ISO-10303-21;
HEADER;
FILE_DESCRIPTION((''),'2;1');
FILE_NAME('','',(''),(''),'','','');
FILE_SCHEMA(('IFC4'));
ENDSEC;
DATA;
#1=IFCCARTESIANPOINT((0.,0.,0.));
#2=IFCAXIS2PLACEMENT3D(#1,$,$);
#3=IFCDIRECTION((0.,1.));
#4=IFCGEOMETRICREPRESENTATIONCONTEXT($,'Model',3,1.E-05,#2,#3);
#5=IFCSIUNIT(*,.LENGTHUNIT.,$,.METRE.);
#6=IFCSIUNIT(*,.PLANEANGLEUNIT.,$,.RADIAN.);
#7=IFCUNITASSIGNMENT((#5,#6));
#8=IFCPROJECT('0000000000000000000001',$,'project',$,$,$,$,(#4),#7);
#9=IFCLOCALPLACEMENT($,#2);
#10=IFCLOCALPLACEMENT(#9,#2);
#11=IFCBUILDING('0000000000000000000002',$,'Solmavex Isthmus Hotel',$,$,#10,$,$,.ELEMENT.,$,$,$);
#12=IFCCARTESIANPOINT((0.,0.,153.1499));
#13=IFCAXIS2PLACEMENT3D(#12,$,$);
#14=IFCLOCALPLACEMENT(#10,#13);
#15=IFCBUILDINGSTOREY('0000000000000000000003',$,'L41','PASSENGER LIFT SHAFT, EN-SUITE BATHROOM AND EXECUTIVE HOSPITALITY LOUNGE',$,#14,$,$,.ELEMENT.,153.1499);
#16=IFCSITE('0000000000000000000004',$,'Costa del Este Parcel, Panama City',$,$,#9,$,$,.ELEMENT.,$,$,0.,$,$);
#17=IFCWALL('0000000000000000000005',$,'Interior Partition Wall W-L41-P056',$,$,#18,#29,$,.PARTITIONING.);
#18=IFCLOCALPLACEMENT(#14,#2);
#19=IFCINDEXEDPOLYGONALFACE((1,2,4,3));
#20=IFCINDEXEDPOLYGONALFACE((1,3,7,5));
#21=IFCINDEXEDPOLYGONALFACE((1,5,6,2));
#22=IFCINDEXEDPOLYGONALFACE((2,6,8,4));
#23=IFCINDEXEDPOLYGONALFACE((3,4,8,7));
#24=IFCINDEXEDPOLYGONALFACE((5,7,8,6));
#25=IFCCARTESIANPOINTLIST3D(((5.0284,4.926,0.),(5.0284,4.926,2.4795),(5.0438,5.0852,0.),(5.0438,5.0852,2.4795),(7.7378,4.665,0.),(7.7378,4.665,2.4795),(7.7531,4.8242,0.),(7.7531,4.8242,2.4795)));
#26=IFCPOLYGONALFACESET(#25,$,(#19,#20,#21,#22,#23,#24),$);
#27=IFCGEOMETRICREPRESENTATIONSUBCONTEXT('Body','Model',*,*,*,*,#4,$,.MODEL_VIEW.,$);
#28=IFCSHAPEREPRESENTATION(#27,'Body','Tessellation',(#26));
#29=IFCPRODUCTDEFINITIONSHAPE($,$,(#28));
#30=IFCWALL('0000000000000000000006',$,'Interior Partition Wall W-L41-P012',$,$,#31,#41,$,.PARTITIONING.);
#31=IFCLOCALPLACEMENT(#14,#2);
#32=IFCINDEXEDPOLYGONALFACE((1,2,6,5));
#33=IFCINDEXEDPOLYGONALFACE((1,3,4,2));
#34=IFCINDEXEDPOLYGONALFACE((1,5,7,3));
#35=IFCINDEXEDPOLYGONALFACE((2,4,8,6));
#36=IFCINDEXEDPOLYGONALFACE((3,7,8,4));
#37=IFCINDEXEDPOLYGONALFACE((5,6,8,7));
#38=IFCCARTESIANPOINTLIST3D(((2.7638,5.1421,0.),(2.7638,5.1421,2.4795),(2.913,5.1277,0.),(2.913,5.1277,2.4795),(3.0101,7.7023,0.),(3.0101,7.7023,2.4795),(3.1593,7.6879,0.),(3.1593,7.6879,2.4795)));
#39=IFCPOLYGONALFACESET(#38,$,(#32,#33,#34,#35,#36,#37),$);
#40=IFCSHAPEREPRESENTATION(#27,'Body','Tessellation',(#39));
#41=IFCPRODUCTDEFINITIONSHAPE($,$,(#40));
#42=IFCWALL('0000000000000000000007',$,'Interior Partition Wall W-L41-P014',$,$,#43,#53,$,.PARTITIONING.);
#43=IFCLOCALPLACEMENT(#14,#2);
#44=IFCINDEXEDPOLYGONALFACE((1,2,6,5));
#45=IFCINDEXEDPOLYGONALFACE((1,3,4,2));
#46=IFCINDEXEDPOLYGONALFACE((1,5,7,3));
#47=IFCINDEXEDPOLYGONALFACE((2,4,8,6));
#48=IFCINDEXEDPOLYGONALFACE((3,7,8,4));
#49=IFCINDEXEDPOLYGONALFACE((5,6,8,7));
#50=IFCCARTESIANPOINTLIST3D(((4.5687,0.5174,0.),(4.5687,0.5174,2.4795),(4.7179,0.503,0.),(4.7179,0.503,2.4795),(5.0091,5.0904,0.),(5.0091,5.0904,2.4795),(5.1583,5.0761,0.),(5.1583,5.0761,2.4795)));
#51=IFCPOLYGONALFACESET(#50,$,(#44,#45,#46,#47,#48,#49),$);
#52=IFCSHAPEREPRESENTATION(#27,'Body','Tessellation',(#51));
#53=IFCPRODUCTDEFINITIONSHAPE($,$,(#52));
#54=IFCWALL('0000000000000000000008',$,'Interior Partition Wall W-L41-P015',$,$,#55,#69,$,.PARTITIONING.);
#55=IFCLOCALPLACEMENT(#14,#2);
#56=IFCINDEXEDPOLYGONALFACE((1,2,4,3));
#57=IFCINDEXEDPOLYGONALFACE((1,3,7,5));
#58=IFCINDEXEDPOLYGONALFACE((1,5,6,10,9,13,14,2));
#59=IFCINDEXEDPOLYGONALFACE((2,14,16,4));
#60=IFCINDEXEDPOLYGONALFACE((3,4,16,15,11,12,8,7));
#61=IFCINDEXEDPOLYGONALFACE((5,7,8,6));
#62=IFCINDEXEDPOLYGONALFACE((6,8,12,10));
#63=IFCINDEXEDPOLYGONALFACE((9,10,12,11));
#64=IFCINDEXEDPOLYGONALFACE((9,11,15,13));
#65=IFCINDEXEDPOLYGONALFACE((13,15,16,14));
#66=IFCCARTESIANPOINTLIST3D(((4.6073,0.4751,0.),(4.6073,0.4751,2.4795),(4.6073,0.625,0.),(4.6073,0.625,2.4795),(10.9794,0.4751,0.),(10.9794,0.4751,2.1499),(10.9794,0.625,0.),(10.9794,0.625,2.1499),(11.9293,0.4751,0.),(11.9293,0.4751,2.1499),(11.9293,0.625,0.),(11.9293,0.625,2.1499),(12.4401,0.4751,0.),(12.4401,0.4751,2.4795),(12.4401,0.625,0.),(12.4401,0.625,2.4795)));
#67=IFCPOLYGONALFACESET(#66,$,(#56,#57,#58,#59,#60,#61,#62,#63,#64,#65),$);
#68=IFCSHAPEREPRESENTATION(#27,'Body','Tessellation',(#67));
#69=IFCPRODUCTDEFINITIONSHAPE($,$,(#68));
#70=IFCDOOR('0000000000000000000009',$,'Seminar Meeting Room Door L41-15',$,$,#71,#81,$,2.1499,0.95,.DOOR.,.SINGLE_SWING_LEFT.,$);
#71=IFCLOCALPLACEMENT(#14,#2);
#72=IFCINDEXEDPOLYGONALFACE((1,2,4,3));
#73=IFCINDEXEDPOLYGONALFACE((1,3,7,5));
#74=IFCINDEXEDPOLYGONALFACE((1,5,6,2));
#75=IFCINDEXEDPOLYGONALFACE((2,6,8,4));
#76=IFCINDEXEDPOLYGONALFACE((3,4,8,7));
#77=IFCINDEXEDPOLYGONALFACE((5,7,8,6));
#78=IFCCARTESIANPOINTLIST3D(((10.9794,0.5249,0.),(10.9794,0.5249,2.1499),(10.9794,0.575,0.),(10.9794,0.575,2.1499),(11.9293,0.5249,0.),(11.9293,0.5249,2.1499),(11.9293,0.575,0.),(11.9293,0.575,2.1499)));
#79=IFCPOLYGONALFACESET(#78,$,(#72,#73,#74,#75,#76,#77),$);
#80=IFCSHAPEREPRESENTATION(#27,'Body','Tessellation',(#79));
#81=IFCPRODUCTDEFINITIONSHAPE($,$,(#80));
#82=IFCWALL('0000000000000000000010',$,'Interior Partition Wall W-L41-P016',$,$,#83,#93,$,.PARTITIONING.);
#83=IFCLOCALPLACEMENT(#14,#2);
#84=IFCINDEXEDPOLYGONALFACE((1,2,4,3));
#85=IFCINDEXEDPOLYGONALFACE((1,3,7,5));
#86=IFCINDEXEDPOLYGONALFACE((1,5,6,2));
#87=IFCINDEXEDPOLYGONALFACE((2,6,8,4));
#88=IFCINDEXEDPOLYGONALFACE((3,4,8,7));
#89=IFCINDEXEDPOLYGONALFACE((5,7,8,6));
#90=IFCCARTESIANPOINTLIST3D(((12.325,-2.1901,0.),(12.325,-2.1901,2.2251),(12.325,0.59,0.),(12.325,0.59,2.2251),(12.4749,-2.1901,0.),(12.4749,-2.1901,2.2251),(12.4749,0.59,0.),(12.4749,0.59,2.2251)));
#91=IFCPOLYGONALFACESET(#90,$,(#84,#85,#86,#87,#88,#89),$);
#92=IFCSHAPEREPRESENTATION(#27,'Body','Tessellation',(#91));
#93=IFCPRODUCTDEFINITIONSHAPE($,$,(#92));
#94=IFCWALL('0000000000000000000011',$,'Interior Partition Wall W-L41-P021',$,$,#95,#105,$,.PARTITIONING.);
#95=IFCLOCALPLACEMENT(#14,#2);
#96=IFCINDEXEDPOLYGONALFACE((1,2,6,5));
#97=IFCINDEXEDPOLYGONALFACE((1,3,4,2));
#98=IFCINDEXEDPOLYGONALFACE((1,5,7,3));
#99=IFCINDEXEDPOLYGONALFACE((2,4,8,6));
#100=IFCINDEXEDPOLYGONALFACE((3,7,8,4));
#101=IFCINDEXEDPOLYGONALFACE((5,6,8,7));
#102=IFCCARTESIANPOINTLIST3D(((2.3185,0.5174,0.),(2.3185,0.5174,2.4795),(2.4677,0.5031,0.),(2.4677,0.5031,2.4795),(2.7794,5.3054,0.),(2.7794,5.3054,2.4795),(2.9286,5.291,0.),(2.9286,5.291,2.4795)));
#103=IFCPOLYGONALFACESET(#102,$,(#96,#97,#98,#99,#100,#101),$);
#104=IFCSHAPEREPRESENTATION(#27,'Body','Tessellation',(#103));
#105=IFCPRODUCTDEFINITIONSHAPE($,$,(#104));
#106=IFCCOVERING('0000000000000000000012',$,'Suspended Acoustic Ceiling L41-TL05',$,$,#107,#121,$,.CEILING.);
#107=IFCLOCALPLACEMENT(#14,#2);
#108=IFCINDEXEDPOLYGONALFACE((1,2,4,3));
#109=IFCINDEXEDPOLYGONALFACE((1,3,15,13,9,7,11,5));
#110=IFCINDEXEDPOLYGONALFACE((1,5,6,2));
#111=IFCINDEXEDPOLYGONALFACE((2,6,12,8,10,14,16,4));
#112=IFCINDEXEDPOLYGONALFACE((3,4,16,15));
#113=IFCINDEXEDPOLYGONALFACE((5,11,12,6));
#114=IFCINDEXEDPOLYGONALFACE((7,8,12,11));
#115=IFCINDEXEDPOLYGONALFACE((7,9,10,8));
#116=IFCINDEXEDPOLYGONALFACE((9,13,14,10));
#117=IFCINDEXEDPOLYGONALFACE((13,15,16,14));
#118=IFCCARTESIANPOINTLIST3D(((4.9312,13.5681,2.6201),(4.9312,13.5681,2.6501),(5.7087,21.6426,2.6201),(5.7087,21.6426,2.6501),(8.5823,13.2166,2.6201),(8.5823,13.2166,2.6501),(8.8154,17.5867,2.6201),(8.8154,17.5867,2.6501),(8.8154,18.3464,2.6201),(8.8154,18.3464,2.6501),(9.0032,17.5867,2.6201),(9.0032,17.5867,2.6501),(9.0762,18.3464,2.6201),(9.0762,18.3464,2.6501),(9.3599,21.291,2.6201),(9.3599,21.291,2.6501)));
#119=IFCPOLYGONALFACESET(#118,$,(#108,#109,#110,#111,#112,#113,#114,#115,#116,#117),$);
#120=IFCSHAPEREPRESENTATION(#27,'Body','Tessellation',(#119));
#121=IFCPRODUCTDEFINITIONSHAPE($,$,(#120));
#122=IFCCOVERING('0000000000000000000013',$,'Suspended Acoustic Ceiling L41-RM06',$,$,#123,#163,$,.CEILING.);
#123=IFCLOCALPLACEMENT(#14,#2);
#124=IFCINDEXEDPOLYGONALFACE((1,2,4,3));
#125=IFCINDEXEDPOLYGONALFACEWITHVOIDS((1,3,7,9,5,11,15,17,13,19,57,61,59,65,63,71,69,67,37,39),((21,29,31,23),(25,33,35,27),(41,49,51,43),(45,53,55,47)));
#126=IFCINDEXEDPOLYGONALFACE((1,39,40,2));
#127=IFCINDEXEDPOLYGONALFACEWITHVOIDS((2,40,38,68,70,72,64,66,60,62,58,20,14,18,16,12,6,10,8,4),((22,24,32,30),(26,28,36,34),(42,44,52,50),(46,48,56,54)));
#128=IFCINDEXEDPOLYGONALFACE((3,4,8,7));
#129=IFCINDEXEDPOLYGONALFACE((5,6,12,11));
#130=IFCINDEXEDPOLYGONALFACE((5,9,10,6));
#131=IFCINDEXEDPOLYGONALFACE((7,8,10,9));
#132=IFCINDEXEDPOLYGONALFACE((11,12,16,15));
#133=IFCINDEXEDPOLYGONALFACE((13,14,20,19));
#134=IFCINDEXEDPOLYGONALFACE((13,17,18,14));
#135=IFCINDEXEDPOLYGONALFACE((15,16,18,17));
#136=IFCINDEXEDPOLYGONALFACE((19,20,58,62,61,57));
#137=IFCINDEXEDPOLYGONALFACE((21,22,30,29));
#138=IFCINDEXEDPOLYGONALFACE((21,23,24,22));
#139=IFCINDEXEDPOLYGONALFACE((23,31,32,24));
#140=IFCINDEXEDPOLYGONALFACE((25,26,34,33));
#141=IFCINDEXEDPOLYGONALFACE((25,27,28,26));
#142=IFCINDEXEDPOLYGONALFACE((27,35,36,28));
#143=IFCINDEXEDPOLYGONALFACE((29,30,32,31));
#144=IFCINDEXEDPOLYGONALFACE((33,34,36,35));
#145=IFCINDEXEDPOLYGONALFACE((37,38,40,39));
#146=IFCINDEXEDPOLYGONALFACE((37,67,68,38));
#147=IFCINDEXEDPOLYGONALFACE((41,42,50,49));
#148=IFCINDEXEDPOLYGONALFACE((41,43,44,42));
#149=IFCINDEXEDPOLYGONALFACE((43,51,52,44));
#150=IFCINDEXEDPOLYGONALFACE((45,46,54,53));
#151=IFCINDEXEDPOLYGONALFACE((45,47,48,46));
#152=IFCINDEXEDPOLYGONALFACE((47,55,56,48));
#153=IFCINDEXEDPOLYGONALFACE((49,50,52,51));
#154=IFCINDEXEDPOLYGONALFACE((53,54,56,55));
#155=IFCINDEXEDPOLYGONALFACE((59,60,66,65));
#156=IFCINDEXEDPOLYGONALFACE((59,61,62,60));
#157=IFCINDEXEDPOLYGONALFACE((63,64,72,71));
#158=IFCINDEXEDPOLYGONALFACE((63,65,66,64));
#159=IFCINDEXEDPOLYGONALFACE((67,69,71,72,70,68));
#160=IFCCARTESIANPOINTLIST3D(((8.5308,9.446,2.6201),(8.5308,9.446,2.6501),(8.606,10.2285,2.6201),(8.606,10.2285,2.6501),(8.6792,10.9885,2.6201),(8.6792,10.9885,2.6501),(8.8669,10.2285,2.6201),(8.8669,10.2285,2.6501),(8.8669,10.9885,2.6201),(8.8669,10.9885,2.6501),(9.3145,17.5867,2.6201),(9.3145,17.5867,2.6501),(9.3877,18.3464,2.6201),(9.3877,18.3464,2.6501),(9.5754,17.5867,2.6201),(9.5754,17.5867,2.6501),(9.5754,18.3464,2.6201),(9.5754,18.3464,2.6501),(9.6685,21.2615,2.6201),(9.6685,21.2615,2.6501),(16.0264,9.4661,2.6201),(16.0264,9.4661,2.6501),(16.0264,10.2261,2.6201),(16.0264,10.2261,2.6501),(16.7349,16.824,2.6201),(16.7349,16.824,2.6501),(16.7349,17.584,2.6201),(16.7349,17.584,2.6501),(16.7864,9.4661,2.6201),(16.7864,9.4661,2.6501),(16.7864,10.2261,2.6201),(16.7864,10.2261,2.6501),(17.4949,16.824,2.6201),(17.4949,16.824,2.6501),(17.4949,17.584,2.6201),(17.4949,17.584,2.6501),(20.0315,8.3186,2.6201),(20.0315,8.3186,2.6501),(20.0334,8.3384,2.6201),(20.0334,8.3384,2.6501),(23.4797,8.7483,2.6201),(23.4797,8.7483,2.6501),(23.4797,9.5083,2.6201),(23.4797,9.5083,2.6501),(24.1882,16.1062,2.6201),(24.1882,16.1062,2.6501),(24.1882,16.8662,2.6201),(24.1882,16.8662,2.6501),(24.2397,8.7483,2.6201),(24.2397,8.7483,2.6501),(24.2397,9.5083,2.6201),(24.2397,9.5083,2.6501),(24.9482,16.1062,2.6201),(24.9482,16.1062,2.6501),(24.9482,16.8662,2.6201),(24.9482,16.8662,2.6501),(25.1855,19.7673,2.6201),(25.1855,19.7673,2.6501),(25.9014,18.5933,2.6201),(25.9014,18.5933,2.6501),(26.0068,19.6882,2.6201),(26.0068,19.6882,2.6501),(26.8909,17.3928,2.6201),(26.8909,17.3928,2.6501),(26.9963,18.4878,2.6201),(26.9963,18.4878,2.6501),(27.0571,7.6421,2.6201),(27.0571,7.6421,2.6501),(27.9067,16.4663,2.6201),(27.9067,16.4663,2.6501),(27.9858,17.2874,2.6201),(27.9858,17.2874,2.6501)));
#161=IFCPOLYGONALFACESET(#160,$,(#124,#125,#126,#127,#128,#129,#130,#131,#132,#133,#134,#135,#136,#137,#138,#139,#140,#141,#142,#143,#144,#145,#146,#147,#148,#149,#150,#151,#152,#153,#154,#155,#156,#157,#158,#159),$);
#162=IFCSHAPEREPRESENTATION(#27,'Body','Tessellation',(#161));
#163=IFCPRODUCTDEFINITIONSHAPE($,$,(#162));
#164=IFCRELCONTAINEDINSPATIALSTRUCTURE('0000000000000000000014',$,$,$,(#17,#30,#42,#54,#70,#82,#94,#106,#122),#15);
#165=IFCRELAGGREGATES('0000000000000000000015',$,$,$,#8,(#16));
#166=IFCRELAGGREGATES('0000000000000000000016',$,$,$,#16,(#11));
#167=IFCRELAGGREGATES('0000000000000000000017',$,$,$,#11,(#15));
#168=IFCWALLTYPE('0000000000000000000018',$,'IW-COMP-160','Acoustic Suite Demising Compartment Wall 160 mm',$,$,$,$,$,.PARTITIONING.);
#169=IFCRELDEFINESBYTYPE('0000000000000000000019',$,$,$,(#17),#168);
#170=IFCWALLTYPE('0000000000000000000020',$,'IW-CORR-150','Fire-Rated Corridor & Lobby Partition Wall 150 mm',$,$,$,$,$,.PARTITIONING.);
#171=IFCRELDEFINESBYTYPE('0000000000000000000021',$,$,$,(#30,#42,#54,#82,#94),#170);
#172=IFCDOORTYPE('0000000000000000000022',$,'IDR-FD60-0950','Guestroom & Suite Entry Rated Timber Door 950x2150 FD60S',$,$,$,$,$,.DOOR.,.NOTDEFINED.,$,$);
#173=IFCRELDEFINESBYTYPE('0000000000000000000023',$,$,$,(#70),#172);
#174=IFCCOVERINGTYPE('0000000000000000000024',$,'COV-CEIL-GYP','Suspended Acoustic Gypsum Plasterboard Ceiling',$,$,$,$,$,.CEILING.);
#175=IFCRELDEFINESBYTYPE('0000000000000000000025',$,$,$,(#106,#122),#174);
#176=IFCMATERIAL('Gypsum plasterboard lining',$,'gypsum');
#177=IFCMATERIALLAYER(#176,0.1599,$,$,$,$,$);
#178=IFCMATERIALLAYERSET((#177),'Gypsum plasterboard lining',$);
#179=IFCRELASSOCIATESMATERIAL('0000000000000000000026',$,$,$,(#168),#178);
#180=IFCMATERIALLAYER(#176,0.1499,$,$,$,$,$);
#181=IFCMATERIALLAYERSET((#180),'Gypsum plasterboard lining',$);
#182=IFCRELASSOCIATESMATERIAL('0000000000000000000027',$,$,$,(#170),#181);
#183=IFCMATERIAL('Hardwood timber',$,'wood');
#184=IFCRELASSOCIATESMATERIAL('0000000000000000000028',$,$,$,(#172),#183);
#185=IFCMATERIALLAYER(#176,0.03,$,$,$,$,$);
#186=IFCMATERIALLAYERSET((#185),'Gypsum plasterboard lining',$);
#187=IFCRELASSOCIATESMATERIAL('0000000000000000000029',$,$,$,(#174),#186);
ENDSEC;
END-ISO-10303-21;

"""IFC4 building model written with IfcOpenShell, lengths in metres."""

from ifc_helpers import new_model, si_unit, direction, frame, frame_2d, origin, place, context, subcontext, project, spatial, polyline, rectangle, outline, extrude, material, layer, layer_set, type_object, element, fill, save


model = new_model("IFC4")

# Units and contexts
model_context = context("Model", 3, precision=1e-05, world=origin(), true_north=direction((0.0, 1.0)))
body_context = subcontext(model_context, "Body", "Model", "MODEL_VIEW")
ifc_project = project(units=[si_unit("LENGTHUNIT", "METRE"), si_unit("PLANEANGLEUNIT", "RADIAN")], contexts=[model_context])

# Site, building, storey
site_placement = place(None, origin())
site = spatial("IfcSite", under=ifc_project, at=site_placement, Name="Costa del Este Parcel, Panama City", CompositionType="ELEMENT", RefElevation=0.0)
building_placement = place(site_placement, origin())
building = spatial("IfcBuilding", under=site, at=building_placement, Name="Solmavex Isthmus Hotel", CompositionType="ELEMENT")
storey_placement = place(building_placement, frame((0.0, 0.0, 153.1499)))
storey = spatial("IfcBuildingStorey", under=building, at=storey_placement, Name="L41", Description="PASSENGER LIFT SHAFT, EN-SUITE BATHROOM AND EXECUTIVE HOSPITALITY LOUNGE", CompositionType="ELEMENT", Elevation=153.1499)

# Walls
ifc_material_1 = material(Name="Gypsum plasterboard lining", Category="gypsum")
ifc_layer_1 = layer(ifc_material_1, 0.1599)
ifc_layer_set_1 = layer_set([ifc_layer_1], Name="Gypsum plasterboard lining")
wall_type_1 = type_object("IfcWallType", Name="IW-COMP-160", Description="Acoustic Suite Demising Compartment Wall 160 mm", PredefinedType="PARTITIONING", material=ifc_layer_set_1)
wall_1_placement = place(storey_placement, frame((7.7454, 4.7446, 0.0), z_axis=(0.0, 0.0, 1.0), x_axis=(-0.995393, 0.09588, 0.0)))
element("IfcWall", 1, at=wall_1_placement, inside=storey, type_object=wall_type_1, Name="Interior Partition Wall W-L41-P056", PredefinedType="PARTITIONING", context=body_context, shape_type="SweptSolid", body=[
    extrude(rectangle(XDim=2.7219, YDim=0.1599, at=frame_2d((1.3608, 0.0))), origin(), (0.0, 0.0, 1.0), 2.4795),
])
ifc_layer_2 = layer(ifc_material_1, 0.1499)
ifc_layer_set_2 = layer_set([ifc_layer_2], Name="Gypsum plasterboard lining")
wall_type_2 = type_object("IfcWallType", Name="IW-CORR-150", Description="Fire-Rated Corridor & Lobby Partition Wall 150 mm", PredefinedType="PARTITIONING", material=ifc_layer_set_2)
wall_2_placement = place(storey_placement, frame((2.8384, 5.1348, 0.0), z_axis=(0.0, 0.0, 1.0), x_axis=(0.095772, 0.995403, 0.0)))
element("IfcWall", 2, at=wall_2_placement, inside=storey, type_object=wall_type_2, Name="Interior Partition Wall W-L41-P012", PredefinedType="PARTITIONING", context=body_context, shape_type="SweptSolid", body=[
    extrude(rectangle(XDim=2.572, YDim=0.1499, at=frame_2d((1.2861, 0.0))), origin(), (0.0, 0.0, 1.0), 2.4795),
])
wall_3_placement = place(storey_placement, frame((5.0837, 5.0833, 0.0), z_axis=(0.0, 0.0, 1.0), x_axis=(-0.095867, -0.995394, 0.0)))
element("IfcWall", 3, at=wall_3_placement, inside=storey, type_object=wall_type_2, Name="Interior Partition Wall W-L41-P014", PredefinedType="PARTITIONING", context=body_context, shape_type="SweptSolid", body=[
    extrude(rectangle(XDim=4.5942, YDim=0.1499, at=frame_2d((2.2971, 0.0))), origin(), (0.0, 0.0, 1.0), 2.4795),
])

# Wall, opening, door
wall_4_placement = place(storey_placement, frame((4.6072, 0.55, 0.0), z_axis=(0.0, 0.0, 1.0), x_axis=(1.0, 0.0, 0.0)))
wall_4 = element("IfcWall", 4, at=wall_4_placement, inside=storey, type_object=wall_type_2, Name="Interior Partition Wall W-L41-P015", PredefinedType="PARTITIONING", context=body_context, shape_type="SweptSolid", body=[
    extrude(rectangle(XDim=7.8328, YDim=0.1499, at=frame_2d((3.9165, 0.0))), origin(), (0.0, 0.0, 1.0), 2.4795),
])
opening_placement = place(wall_4_placement, frame((6.3721, 0.0, 0.0)))
opening = element("IfcOpeningElement", 5, at=opening_placement, cuts=wall_4, PredefinedType="OPENING", context=body_context, shape_type="SweptSolid", body=[
    extrude(rectangle(XDim=0.95, YDim=2.1499, at=frame_2d((0.4751, 1.075))), frame((0.0, 0.085, 0.0), z_axis=(0.0, -1.0, 0.0), x_axis=(1.0, 0.0, 0.0)), (0.0, 0.0, 1.0), 0.1699),
])
ifc_material_2 = material(Name="Hardwood timber", Category="wood")
door_type = type_object("IfcDoorType", Name="IDR-FD60-0950", Description="Guestroom & Suite Entry Rated Timber Door 950x2150 FD60S", OperationType="NOTDEFINED", PredefinedType="DOOR", material=ifc_material_2)
door_placement = place(opening_placement, origin())
door = element("IfcDoor", 6, at=door_placement, inside=storey, type_object=door_type, Name="Seminar Meeting Room Door L41-15", OperationType="SINGLE_SWING_LEFT", OverallHeight=2.1499, OverallWidth=0.95, PredefinedType="DOOR", context=body_context, shape_type="SweptSolid", body=[
    extrude(rectangle(XDim=0.95, YDim=2.1499, at=frame_2d((0.4751, 1.075))), frame((0.0, 0.0249, 0.0), z_axis=(0.0, -1.0, 0.0), x_axis=(1.0, 0.0, 0.0)), (0.0, 0.0, 1.0), 0.05),
])
fill(opening, door)

# Walls
wall_5_placement = place(storey_placement, frame((12.3999, 0.5901, 0.0), z_axis=(0.0, 0.0, 1.0), x_axis=(0.0, -1.0, 0.0)))
element("IfcWall", 7, at=wall_5_placement, inside=storey, type_object=wall_type_2, Name="Interior Partition Wall W-L41-P016", PredefinedType="PARTITIONING", context=body_context, shape_type="SweptSolid", body=[
    extrude(rectangle(XDim=2.78, YDim=0.1499, at=frame_2d((1.3901, 0.0))), origin(), (0.0, 0.0, 1.0), 2.2251),
])
wall_6_placement = place(storey_placement, frame((2.3931, 0.5103, 0.0), z_axis=(0.0, 0.0, 1.0), x_axis=(0.095829, 0.995398, 0.0)))
element("IfcWall", 8, at=wall_6_placement, inside=storey, type_object=wall_type_2, Name="Interior Partition Wall W-L41-P021", PredefinedType="PARTITIONING", context=body_context, shape_type="SweptSolid", body=[
    extrude(rectangle(XDim=4.8101, YDim=0.1499, at=frame_2d((2.405, 0.0))), origin(), (0.0, 0.0, 1.0), 2.4795),
])

# Coverings
ifc_layer_3 = layer(ifc_material_1, 0.03)
ifc_layer_set_3 = layer_set([ifc_layer_3], Name="Gypsum plasterboard lining")
covering_type_1 = type_object("IfcCoveringType", Name="COV-CEIL-GYP", Description="Suspended Acoustic Gypsum Plasterboard Ceiling", PredefinedType="CEILING", material=ifc_layer_set_3)
covering_1_placement = place(storey_placement, frame((0.0, 0.0, 2.6201)))
element("IfcCovering", 9, at=covering_1_placement, inside=storey, type_object=covering_type_1, Name="Suspended Acoustic Ceiling L41-TL05", PredefinedType="CEILING", context=body_context, shape_type="SweptSolid", body=[
    extrude(outline(polyline([(9.0032, 17.5867), (8.8154, 17.5867), (8.8154, 18.3464), (9.0762, 18.3464), (9.3599, 21.291), (5.7087, 21.6426), (4.9312, 13.5681), (8.5823, 13.2166), (9.0032, 17.5867)])), origin(), (0.0, 0.0, 1.0), 0.03),
])
covering_2_placement = place(storey_placement, frame((0.0, 0.0, 2.6201)))
element("IfcCovering", 10, at=covering_2_placement, inside=storey, type_object=covering_type_1, Name="Suspended Acoustic Ceiling L41-RM06", PredefinedType="CEILING", context=body_context, shape_type="SweptSolid", body=[
    extrude(outline(polyline([(8.6792, 10.9885), (8.8669, 10.9885), (8.8669, 10.2285), (8.606, 10.2285), (8.5308, 9.446), (20.0334, 8.3384), (20.0315, 8.3186), (27.0571, 7.6421), (27.9067, 16.4663), (27.9858, 17.2874), (26.8909, 17.3928), (26.9963, 18.4878), (25.9014, 18.5933), (26.0068, 19.6882), (25.1855, 19.7673), (9.6685, 21.2615), (9.3877, 18.3464), (9.5754, 18.3464), (9.5754, 17.5867), (9.3145, 17.5867), (8.6792, 10.9885)]), holes=[polyline([(24.1882, 16.1062), (24.1882, 16.8662), (24.9482, 16.8662), (24.9482, 16.1062), (24.1882, 16.1062)]), polyline([(23.4797, 8.7483), (23.4797, 9.5083), (24.2397, 9.5083), (24.2397, 8.7483), (23.4797, 8.7483)]), polyline([(16.7349, 16.824), (16.7349, 17.584), (17.4949, 17.584), (17.4949, 16.824), (16.7349, 16.824)]), polyline([(16.0264, 9.4661), (16.0264, 10.2261), (16.7864, 10.2261), (16.7864, 9.4661), (16.0264, 9.4661)])]), origin(), (0.0, 0.0, 1.0), 0.03),
])

save(model, "model.ifc")
